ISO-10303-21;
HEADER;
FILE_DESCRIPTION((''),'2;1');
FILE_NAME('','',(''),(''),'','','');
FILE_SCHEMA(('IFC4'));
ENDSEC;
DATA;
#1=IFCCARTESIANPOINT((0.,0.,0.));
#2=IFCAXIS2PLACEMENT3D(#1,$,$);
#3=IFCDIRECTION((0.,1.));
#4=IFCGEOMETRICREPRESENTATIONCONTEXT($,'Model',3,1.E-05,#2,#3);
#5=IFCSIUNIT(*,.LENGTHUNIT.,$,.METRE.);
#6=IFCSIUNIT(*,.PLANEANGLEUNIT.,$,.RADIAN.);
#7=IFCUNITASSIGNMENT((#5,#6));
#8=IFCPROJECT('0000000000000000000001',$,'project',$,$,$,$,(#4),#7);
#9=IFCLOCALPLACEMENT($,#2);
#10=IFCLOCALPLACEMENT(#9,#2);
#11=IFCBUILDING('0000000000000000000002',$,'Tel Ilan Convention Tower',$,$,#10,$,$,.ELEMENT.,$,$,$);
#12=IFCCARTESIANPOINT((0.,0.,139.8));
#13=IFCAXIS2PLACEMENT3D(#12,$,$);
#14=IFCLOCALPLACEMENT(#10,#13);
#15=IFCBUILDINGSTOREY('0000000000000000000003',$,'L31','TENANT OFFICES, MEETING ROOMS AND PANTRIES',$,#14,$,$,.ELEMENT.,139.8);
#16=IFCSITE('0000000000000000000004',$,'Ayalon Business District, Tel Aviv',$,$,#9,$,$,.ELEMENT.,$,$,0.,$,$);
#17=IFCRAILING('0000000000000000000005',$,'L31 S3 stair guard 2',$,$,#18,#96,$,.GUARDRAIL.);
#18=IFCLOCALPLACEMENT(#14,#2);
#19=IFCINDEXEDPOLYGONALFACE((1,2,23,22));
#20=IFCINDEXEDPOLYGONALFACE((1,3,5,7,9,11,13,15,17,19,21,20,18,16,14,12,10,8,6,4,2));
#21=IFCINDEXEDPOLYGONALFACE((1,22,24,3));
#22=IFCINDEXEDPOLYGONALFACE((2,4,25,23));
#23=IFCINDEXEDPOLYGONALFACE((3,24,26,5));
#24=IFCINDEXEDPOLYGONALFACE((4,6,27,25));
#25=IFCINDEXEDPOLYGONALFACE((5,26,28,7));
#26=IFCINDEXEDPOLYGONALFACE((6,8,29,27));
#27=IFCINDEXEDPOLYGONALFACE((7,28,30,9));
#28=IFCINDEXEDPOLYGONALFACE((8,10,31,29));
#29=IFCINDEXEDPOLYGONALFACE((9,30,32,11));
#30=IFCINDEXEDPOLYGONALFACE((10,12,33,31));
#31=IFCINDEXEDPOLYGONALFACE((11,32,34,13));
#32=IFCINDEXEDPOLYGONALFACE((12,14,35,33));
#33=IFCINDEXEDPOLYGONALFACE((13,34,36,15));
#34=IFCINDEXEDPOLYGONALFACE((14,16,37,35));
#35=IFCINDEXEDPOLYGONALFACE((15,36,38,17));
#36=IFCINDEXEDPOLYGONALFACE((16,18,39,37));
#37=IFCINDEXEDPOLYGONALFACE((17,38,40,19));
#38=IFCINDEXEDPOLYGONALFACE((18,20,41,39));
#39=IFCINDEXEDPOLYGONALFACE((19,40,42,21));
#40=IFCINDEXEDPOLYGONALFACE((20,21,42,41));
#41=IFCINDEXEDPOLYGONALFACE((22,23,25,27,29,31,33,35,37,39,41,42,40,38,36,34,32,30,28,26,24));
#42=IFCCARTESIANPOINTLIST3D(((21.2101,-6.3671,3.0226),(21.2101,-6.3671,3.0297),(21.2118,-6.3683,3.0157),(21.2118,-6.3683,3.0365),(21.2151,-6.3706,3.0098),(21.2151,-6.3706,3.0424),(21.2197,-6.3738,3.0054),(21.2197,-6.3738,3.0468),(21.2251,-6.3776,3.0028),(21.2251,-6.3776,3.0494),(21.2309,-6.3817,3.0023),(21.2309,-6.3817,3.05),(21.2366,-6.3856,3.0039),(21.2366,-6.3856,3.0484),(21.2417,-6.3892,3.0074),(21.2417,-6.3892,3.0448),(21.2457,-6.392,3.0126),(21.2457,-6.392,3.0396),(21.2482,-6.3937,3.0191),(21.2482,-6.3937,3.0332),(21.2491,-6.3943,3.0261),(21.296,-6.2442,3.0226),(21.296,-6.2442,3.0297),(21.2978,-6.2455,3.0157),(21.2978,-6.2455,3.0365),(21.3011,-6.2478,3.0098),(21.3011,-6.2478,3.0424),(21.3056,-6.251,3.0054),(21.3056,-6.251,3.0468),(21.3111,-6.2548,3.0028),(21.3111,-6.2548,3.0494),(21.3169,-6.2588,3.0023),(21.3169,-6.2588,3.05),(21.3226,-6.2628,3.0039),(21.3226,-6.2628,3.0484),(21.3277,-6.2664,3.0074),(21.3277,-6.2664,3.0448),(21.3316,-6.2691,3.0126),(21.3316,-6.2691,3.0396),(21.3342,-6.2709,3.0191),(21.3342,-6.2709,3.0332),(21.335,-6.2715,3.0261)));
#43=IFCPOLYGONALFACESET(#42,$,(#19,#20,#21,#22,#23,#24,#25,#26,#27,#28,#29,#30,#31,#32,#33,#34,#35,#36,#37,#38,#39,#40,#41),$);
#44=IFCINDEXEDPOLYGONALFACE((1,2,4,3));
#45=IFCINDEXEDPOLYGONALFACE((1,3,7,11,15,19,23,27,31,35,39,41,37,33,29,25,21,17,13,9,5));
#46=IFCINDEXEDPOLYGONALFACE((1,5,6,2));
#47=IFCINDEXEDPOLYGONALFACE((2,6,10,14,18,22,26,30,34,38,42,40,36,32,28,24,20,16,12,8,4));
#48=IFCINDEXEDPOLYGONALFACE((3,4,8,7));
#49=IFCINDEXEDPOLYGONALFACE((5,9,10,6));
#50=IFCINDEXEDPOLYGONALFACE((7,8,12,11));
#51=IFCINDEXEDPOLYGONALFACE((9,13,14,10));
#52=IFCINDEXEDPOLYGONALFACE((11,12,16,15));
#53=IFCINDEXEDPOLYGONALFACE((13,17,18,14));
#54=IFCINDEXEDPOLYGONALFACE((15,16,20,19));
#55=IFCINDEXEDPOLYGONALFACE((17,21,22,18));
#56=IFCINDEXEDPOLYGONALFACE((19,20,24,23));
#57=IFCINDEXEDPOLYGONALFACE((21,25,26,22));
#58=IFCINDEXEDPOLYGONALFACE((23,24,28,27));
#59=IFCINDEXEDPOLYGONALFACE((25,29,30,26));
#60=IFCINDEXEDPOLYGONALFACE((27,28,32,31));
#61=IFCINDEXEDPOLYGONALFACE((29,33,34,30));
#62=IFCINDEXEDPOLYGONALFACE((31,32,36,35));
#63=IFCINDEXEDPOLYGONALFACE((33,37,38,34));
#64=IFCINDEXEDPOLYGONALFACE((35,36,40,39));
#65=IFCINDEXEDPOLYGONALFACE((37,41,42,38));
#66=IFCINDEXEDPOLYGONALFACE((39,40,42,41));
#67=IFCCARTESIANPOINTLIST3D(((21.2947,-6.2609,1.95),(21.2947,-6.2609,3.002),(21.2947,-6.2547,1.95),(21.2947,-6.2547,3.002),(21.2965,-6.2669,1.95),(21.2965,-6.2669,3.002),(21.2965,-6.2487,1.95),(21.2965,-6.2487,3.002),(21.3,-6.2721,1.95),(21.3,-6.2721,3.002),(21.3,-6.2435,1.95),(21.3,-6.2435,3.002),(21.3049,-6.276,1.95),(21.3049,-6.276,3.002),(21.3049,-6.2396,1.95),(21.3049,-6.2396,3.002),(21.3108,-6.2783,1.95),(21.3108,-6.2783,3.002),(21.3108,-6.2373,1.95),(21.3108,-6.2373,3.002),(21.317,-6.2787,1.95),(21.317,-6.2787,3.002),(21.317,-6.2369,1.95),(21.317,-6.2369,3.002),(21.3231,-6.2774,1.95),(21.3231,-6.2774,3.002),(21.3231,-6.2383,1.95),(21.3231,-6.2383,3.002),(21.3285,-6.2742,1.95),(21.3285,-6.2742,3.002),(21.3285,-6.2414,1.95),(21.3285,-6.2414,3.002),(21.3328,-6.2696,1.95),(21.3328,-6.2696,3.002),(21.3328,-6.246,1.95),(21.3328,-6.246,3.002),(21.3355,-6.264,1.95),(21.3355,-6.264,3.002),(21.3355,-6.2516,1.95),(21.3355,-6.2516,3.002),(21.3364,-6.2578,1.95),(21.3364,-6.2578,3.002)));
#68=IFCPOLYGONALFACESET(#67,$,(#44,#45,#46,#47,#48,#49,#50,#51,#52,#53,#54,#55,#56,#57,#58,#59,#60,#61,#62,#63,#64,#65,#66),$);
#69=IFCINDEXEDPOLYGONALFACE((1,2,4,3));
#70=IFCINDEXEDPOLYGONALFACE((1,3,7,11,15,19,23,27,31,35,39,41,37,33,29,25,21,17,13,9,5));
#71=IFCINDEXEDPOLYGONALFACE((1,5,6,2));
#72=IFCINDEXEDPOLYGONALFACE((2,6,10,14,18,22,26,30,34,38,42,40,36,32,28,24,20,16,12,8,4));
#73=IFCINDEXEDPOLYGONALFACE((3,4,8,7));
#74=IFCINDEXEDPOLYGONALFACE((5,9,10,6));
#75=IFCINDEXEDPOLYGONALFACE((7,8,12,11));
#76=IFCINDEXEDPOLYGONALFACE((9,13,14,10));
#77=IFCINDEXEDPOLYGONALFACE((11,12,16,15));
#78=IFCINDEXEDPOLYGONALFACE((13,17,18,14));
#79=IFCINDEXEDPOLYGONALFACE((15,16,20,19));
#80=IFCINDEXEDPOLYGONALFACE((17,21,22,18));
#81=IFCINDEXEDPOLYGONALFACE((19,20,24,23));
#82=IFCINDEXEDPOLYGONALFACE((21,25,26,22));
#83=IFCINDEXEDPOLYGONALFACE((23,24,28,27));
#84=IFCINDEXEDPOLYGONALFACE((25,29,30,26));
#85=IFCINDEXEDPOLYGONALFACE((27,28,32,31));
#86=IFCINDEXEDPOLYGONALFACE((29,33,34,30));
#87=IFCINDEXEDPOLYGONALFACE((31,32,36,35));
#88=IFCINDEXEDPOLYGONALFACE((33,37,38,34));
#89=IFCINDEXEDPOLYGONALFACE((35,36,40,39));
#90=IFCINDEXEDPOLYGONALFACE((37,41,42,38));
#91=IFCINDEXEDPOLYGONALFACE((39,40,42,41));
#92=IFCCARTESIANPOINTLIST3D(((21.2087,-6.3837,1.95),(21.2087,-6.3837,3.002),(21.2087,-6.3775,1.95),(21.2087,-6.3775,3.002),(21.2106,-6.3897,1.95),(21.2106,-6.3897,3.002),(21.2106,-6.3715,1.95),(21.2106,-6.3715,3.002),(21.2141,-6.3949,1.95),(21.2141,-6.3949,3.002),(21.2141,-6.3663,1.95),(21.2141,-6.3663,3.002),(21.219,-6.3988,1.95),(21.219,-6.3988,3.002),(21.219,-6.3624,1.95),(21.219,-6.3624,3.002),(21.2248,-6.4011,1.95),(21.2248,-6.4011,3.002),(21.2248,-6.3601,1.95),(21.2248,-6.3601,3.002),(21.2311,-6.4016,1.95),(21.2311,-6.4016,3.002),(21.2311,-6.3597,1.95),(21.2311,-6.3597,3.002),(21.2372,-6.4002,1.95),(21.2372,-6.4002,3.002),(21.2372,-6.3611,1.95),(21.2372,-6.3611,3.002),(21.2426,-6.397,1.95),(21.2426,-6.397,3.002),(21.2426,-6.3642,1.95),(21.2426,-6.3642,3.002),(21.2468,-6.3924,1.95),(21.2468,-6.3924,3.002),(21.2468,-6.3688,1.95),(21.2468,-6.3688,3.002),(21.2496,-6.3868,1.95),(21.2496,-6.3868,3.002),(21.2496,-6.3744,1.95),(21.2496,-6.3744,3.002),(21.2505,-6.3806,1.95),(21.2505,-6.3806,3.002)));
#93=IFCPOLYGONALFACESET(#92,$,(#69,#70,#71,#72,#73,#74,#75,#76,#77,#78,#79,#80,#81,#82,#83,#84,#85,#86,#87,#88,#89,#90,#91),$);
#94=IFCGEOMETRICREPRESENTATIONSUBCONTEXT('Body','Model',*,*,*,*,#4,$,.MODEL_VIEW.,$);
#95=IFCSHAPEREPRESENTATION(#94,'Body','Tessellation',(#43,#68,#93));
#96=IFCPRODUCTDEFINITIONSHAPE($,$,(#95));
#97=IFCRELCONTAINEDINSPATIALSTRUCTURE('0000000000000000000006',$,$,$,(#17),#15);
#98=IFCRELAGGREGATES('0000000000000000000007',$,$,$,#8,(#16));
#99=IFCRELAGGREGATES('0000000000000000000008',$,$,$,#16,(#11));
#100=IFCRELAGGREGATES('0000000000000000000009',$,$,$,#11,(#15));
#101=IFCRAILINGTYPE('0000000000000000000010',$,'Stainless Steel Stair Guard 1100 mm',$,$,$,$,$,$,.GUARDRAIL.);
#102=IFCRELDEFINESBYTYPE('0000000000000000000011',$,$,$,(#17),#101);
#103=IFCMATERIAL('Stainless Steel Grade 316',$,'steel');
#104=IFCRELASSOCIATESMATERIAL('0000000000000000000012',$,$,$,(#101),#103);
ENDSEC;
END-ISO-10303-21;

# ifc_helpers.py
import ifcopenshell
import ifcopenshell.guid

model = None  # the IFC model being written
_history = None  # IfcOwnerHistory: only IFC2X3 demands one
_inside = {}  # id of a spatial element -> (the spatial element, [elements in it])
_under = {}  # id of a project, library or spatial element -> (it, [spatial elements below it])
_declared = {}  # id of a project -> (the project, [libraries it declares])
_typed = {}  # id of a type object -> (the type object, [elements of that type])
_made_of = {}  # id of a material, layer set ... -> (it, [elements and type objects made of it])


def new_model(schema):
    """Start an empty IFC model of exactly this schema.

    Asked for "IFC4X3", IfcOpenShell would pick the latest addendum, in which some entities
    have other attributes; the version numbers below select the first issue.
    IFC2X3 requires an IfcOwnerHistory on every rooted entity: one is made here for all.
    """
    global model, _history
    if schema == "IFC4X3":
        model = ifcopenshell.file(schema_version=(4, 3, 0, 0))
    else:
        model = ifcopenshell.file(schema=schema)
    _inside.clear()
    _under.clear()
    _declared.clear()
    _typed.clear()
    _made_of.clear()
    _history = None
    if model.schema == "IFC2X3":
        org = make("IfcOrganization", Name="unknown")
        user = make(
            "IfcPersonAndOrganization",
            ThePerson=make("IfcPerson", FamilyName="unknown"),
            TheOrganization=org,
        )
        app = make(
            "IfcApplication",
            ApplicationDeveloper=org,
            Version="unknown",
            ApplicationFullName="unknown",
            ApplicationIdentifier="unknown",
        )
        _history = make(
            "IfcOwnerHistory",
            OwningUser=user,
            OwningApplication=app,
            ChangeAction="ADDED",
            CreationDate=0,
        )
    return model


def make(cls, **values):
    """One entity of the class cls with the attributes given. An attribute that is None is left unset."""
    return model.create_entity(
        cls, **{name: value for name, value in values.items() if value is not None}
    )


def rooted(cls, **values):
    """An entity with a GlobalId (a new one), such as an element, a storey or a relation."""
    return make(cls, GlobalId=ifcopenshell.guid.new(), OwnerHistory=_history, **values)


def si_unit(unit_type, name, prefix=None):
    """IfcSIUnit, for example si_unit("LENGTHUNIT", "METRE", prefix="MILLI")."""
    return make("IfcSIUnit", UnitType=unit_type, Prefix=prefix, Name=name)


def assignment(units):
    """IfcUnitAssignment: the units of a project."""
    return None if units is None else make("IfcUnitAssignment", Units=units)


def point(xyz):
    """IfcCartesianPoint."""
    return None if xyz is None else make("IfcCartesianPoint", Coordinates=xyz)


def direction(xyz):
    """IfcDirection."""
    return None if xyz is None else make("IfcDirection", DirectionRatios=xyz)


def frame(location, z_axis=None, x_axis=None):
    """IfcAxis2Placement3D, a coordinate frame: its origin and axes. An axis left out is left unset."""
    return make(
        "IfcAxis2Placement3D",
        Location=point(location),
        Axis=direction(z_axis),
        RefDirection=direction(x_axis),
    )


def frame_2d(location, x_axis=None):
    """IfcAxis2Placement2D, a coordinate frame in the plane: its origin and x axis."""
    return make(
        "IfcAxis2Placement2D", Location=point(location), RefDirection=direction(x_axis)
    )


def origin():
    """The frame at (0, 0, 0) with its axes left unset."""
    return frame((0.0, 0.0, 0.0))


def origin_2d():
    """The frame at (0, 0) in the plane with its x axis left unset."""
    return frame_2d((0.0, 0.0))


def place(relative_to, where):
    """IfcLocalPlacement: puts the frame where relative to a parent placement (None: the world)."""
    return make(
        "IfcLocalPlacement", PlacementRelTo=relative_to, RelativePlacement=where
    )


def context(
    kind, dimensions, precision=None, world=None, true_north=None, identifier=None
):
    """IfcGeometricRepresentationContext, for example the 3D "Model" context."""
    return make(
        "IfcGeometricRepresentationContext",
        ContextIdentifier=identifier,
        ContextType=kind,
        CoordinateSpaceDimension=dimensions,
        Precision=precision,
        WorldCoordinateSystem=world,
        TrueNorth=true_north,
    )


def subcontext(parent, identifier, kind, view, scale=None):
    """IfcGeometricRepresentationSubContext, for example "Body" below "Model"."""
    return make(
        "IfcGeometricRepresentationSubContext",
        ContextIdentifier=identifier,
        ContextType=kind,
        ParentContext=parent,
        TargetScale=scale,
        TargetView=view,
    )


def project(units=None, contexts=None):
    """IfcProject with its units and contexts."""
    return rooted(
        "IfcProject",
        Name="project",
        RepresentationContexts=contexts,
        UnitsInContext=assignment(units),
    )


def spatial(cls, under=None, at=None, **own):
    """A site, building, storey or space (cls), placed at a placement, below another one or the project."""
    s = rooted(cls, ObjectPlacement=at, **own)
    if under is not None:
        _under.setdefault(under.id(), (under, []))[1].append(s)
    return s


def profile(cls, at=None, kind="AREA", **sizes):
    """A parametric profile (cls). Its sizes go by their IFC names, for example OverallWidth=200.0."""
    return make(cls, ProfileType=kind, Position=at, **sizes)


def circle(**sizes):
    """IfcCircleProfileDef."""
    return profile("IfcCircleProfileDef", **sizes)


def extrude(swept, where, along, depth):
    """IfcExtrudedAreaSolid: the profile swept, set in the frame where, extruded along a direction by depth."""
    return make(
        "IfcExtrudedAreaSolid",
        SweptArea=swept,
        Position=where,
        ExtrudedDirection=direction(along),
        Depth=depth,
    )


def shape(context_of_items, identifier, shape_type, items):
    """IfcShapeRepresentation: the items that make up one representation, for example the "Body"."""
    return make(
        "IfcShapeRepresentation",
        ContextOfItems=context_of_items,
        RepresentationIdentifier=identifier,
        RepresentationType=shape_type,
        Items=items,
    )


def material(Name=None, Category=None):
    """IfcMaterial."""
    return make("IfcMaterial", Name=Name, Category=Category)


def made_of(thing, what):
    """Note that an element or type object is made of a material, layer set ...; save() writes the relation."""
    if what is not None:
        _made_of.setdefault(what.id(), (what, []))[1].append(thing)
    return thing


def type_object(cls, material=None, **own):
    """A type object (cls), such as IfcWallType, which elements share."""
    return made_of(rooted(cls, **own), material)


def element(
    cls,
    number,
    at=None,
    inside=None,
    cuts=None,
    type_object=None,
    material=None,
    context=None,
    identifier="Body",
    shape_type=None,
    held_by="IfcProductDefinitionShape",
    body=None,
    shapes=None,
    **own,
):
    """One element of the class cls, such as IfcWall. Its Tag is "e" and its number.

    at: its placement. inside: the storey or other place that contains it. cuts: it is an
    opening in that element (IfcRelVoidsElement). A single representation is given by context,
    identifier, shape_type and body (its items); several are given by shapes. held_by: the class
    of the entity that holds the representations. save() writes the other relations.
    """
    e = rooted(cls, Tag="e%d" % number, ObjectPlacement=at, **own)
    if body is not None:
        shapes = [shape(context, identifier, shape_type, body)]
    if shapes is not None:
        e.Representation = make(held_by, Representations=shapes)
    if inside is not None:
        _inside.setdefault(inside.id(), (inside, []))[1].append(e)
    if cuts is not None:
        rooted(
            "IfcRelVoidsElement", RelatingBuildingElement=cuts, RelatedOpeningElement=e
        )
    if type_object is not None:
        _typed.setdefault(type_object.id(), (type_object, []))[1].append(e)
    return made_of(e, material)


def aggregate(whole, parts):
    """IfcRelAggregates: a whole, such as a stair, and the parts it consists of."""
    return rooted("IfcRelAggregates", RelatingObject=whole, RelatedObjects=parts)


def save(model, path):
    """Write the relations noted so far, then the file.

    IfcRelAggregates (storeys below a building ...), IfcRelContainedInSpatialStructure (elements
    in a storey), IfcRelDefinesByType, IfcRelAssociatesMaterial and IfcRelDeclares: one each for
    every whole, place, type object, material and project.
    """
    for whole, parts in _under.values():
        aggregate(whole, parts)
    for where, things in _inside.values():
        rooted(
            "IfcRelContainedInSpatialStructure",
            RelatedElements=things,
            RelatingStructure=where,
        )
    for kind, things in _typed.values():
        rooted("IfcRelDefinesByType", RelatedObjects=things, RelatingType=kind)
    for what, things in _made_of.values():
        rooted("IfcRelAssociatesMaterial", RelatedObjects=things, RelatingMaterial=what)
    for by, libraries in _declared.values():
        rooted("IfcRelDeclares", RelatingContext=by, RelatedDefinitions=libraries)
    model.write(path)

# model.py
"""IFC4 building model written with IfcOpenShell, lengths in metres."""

from ifc_helpers import new_model, si_unit, direction, frame, origin, origin_2d, place, context, subcontext, project, spatial, circle, extrude, material, type_object, element, save


model = new_model("IFC4")

# Units and contexts
model_context = context("Model", 3, precision=1e-05, world=origin(), true_north=direction((0.0, 1.0)))
body_context = subcontext(model_context, "Body", "Model", "MODEL_VIEW")
ifc_project = project(units=[si_unit("LENGTHUNIT", "METRE"), si_unit("PLANEANGLEUNIT", "RADIAN")], contexts=[model_context])

# Site, building, storey
site_placement = place(None, origin())
site = spatial("IfcSite", under=ifc_project, at=site_placement, Name="Ayalon Business District, Tel Aviv", CompositionType="ELEMENT", RefElevation=0.0)
building_placement = place(site_placement, origin())
building = spatial("IfcBuilding", under=site, at=building_placement, Name="Tel Ilan Convention Tower", CompositionType="ELEMENT")
storey_placement = place(building_placement, frame((0.0, 0.0, 139.8)))
storey = spatial("IfcBuildingStorey", under=building, at=storey_placement, Name="L31", Description="TENANT OFFICES, MEETING ROOMS AND PANTRIES", CompositionType="ELEMENT", Elevation=139.8)

# Railing
ifc_material_1 = material(Name="Stainless Steel Grade 316", Category="steel")
railing_type_1 = type_object("IfcRailingType", Name="Stainless Steel Stair Guard 1100 mm", PredefinedType="GUARDRAIL", material=ifc_material_1)
railing_1_placement = place(storey_placement, frame((21.3154, -6.2578, 1.95)))
element("IfcRailing", 1, at=railing_1_placement, inside=storey, type_object=railing_type_1, Name="L31 S3 stair guard 2", PredefinedType="GUARDRAIL", context=body_context, shape_type="SweptSolid", body=[
    extrude(circle(Radius=0.0239, at=origin_2d()), frame((0.0, 0.0, 1.0762), z_axis=(-0.573353, -0.819308, 0.0), x_axis=(0.819308, -0.573353, 0.0)), (0.0, 0.0, 1.0), 0.1499),
    extrude(circle(Radius=0.021, at=origin_2d()), origin(), (0.0, 0.0, 1.0), 1.052),
    extrude(circle(Radius=0.021, at=origin_2d()), frame((-0.0859, -0.1228, 0.0)), (0.0, 0.0, 1.0), 1.052),
])

save(model, "model.ifc")
